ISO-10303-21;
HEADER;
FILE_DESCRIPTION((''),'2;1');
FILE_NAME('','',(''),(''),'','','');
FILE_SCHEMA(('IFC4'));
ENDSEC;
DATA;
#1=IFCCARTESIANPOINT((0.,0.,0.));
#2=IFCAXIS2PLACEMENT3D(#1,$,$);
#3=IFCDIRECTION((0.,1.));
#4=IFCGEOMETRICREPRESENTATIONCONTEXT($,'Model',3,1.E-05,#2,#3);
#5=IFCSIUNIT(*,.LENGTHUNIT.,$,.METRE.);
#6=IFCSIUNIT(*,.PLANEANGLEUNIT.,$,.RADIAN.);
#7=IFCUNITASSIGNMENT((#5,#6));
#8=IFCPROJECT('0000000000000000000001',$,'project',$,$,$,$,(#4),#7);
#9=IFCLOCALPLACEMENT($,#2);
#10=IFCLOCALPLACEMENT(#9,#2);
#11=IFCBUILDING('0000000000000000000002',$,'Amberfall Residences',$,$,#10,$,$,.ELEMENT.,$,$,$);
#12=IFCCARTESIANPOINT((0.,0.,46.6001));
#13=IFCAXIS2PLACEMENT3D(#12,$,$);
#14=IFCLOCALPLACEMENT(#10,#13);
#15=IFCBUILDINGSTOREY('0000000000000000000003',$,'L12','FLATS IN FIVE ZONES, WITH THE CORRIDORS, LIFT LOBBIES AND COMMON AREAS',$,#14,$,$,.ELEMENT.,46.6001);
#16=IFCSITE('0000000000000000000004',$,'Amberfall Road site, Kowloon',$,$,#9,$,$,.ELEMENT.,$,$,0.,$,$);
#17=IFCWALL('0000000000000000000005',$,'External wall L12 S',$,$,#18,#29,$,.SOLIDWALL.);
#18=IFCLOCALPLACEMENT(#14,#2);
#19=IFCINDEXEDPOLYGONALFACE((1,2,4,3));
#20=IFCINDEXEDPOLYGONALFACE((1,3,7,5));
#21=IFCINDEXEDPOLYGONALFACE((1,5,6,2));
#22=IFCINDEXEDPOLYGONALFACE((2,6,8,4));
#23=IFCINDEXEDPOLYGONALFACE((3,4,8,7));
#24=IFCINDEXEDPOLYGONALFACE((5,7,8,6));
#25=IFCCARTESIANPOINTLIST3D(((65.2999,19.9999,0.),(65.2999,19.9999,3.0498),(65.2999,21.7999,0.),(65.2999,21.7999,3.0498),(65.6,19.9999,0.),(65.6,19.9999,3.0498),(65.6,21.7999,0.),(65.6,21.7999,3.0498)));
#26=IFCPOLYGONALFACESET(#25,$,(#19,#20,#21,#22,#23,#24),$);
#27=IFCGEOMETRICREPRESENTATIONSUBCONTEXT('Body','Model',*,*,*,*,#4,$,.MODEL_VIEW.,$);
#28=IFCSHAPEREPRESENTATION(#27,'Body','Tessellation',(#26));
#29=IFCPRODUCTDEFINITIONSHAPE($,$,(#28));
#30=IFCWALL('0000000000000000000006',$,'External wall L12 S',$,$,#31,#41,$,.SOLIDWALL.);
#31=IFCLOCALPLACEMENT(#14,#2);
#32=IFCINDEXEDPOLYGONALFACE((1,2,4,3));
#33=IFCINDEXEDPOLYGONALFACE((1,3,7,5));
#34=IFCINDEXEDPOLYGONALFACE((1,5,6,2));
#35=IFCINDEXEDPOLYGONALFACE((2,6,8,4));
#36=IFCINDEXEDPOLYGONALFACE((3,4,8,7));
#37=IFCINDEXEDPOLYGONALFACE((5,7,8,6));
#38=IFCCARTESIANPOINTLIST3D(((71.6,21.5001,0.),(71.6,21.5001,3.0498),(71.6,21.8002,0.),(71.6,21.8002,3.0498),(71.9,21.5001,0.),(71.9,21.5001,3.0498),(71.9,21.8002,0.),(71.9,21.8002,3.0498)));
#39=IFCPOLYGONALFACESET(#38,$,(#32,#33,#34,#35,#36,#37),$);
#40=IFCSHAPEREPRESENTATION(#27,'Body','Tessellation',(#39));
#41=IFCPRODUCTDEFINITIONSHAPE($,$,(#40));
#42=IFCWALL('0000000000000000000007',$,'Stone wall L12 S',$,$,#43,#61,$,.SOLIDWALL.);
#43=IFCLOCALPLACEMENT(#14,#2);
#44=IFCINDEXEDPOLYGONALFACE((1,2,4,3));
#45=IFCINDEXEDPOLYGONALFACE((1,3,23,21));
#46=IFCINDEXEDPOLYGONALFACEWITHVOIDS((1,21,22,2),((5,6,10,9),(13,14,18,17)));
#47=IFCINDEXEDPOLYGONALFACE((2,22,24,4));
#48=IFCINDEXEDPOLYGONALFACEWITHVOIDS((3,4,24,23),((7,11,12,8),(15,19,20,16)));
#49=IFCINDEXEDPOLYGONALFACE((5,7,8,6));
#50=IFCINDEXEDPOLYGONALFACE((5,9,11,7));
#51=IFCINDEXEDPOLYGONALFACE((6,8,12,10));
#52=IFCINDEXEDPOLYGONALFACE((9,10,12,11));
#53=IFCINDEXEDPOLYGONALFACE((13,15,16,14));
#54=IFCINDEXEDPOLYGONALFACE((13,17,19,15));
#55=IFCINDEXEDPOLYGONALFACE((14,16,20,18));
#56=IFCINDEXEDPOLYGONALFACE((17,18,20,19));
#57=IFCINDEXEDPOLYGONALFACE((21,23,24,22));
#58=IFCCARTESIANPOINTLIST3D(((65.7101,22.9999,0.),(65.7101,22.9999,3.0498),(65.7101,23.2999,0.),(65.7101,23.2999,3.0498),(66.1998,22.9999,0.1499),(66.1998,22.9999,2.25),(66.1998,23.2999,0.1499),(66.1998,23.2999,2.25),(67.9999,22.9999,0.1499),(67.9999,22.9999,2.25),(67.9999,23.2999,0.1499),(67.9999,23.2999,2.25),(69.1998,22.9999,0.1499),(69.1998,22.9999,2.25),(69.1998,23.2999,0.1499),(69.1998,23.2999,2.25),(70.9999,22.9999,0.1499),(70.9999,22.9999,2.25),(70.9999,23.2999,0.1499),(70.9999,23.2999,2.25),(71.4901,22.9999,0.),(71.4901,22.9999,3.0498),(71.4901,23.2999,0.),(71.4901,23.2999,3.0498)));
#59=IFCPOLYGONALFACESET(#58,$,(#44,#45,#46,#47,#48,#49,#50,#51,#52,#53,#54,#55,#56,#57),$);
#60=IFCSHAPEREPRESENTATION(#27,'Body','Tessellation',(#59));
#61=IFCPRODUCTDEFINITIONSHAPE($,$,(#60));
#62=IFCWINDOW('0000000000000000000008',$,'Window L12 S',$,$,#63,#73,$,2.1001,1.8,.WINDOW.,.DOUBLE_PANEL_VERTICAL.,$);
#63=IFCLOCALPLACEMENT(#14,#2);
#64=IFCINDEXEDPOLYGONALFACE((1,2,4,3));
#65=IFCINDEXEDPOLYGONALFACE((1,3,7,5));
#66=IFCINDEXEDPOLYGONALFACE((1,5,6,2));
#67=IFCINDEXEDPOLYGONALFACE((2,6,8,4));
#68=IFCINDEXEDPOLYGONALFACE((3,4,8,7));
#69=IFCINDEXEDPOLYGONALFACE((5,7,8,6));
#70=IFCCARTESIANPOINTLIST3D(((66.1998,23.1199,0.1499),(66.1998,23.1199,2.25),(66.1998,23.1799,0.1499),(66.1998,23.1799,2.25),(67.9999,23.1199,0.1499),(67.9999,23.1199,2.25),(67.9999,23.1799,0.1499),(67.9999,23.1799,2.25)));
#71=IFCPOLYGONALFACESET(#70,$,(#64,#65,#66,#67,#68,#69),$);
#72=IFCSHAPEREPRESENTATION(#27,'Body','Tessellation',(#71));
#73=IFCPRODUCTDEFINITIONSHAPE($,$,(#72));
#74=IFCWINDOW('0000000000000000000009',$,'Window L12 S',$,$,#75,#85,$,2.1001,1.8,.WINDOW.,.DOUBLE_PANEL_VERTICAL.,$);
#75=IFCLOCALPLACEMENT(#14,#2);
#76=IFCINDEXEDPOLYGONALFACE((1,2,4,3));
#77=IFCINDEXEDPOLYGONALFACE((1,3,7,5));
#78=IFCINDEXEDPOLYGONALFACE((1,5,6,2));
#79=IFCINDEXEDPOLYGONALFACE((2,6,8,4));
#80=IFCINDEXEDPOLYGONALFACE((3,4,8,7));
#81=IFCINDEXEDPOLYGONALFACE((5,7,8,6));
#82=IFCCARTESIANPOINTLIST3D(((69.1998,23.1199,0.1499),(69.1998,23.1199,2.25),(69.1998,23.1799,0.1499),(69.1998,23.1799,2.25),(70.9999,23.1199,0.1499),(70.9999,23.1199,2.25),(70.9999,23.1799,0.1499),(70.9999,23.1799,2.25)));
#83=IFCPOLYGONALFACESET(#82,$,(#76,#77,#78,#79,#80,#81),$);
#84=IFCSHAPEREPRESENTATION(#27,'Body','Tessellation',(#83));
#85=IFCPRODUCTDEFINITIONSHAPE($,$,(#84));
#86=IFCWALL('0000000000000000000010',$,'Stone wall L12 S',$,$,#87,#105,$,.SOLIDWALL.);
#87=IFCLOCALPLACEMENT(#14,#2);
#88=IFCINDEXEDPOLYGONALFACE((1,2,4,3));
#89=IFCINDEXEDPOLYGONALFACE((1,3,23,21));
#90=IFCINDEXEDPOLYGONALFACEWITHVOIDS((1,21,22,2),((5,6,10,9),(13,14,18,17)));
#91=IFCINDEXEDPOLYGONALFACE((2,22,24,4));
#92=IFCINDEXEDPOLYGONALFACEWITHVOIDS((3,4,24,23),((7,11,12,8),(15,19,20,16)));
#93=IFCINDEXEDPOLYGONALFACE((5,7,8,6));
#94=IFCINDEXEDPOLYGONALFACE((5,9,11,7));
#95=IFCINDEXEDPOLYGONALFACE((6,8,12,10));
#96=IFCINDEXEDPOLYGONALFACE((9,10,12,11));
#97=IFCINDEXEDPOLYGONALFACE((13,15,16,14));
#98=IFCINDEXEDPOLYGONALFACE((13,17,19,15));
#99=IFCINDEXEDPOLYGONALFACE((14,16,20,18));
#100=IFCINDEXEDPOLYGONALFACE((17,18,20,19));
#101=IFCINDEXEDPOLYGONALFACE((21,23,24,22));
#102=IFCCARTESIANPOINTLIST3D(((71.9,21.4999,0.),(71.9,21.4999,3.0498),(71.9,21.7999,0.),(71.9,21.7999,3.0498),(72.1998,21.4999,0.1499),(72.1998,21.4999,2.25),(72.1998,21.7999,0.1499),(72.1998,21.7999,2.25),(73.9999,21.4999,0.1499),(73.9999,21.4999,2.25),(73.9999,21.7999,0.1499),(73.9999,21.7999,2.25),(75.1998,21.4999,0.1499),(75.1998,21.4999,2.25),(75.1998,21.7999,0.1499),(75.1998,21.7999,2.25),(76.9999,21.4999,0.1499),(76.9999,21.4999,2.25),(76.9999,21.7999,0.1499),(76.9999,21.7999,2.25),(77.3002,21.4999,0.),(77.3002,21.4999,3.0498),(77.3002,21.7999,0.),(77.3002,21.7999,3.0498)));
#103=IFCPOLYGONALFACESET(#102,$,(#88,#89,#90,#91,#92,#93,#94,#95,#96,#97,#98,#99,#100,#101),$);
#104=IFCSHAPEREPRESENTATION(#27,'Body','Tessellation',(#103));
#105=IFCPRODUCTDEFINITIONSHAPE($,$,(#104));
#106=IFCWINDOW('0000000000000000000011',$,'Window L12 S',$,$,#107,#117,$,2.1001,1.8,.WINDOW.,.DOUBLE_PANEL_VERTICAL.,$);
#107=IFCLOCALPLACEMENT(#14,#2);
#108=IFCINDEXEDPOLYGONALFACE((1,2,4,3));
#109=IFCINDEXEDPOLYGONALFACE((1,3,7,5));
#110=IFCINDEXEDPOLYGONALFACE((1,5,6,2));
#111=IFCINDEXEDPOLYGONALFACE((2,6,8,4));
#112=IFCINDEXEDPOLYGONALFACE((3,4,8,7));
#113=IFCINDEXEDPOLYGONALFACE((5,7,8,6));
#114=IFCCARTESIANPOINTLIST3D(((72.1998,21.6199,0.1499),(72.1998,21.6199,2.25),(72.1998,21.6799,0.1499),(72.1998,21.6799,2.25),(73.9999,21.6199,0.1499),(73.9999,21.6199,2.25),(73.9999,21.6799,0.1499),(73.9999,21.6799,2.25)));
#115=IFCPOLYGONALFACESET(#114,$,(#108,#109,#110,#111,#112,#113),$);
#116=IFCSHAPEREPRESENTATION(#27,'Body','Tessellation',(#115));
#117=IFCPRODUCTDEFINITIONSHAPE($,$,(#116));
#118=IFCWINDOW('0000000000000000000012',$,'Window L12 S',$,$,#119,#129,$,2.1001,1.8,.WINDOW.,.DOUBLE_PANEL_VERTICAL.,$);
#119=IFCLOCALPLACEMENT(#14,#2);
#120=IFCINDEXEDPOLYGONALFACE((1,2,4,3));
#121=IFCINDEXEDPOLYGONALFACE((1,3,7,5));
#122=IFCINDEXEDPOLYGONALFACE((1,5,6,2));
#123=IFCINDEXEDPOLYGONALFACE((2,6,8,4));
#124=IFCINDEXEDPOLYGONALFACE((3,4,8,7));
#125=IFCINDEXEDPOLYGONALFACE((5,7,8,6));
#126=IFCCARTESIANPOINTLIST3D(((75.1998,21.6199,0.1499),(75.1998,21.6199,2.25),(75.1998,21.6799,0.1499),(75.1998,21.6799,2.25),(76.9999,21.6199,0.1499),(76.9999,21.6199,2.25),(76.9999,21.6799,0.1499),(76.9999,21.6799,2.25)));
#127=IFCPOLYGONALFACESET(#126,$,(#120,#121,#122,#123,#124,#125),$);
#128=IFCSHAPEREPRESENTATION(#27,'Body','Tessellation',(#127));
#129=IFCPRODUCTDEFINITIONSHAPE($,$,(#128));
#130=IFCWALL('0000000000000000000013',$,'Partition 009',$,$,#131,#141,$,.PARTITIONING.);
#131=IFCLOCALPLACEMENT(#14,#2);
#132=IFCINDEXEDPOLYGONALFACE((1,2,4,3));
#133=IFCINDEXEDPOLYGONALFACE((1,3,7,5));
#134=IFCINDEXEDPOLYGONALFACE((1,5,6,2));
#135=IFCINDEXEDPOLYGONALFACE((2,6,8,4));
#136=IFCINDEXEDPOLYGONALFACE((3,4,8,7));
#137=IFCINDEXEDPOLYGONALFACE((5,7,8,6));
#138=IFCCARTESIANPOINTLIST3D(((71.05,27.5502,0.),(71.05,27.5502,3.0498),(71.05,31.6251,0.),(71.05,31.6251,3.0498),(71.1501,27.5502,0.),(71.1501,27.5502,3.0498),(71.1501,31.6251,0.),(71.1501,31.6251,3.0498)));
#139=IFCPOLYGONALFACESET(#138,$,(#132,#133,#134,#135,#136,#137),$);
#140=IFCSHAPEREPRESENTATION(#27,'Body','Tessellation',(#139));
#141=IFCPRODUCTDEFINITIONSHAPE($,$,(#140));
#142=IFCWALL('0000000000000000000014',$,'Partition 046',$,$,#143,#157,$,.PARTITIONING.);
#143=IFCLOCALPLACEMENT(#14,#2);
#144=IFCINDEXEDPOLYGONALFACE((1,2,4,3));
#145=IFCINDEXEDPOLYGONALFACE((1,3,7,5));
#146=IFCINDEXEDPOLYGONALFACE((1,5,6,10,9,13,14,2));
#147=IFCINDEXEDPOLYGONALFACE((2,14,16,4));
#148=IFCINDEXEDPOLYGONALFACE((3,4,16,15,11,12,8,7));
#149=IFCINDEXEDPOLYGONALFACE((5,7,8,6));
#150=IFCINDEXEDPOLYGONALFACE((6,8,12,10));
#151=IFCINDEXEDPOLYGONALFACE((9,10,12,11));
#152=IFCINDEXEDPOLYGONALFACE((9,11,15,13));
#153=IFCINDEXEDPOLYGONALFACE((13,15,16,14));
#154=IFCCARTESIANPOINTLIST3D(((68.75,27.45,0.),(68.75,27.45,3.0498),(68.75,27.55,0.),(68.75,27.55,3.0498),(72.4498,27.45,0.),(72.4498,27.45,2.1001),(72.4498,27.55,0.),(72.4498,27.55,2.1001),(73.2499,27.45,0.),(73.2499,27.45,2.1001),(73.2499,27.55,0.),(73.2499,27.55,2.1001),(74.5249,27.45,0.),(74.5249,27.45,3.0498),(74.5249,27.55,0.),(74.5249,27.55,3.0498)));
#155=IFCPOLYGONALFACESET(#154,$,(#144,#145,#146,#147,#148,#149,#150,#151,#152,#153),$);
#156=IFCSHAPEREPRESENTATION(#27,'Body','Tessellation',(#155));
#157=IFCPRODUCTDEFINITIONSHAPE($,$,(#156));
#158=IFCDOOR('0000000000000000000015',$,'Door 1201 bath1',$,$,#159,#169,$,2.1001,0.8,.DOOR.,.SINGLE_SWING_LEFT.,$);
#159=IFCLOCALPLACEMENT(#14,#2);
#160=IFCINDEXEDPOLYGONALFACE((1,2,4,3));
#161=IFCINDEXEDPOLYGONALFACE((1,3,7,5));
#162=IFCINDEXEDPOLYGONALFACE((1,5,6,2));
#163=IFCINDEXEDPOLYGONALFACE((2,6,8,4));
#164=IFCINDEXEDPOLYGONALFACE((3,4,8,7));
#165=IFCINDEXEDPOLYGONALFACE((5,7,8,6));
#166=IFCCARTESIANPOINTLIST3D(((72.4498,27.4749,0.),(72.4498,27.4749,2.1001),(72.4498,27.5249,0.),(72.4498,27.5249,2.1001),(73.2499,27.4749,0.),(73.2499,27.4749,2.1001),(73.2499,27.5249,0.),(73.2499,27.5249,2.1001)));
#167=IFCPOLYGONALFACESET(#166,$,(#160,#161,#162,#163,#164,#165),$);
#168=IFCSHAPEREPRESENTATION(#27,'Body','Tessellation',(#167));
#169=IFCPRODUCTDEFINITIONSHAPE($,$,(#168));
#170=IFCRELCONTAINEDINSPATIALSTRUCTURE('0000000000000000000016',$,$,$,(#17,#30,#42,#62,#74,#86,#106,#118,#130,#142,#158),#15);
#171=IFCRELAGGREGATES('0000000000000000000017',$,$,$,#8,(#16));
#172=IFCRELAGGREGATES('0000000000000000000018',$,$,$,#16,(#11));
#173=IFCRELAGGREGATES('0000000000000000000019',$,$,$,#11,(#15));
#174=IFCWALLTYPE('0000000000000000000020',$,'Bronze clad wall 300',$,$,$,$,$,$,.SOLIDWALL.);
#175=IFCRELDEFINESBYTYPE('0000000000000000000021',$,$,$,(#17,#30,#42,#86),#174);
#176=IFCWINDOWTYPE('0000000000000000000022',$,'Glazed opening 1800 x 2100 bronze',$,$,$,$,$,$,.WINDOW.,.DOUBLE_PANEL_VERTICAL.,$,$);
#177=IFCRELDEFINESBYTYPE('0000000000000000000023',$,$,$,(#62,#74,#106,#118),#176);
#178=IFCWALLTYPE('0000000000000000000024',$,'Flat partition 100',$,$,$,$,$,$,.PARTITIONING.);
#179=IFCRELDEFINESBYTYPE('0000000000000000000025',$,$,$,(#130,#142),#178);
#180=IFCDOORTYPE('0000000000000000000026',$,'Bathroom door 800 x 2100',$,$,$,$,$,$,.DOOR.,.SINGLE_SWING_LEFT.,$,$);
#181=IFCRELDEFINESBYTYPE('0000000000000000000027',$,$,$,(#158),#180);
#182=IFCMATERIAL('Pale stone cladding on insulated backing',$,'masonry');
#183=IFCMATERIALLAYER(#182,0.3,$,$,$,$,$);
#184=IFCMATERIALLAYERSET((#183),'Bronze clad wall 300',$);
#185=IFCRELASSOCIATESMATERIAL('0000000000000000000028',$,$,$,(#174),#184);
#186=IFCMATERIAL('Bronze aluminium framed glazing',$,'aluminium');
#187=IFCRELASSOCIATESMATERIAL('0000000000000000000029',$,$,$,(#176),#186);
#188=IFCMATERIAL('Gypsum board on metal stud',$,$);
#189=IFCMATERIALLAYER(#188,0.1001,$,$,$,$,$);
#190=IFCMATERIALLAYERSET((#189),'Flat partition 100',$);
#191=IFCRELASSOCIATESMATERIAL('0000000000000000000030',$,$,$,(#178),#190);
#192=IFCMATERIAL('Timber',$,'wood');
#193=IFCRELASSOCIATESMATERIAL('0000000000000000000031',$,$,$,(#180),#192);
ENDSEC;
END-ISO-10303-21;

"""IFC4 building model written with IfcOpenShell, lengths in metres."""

from ifc_helpers import new_model, si_unit, direction, frame, frame_2d, origin, place, context, subcontext, project, spatial, rectangle, extrude, material, layer, layer_set, type_object, element, fill, save


model = new_model("IFC4")

# Units and contexts
model_context = context("Model", 3, precision=1e-05, world=origin(), true_north=direction((0.0, 1.0)))
body_context = subcontext(model_context, "Body", "Model", "MODEL_VIEW")
ifc_project = project(units=[si_unit("LENGTHUNIT", "METRE"), si_unit("PLANEANGLEUNIT", "RADIAN")], contexts=[model_context])

# Site, building, storey
site_placement = place(None, origin())
site = spatial("IfcSite", under=ifc_project, at=site_placement, Name="Amberfall Road site, Kowloon", CompositionType="ELEMENT", RefElevation=0.0)
building_placement = place(site_placement, origin())
building = spatial("IfcBuilding", under=site, at=building_placement, Name="Amberfall Residences", CompositionType="ELEMENT")
storey_placement = place(building_placement, frame((0.0, 0.0, 46.6001)))
storey = spatial("IfcBuildingStorey", under=building, at=storey_placement, Name="L12", Description="FLATS IN FIVE ZONES, WITH THE CORRIDORS, LIFT LOBBIES AND COMMON AREAS", CompositionType="ELEMENT", Elevation=46.6001)

# Walls
ifc_material_1 = material(Name="Pale stone cladding on insulated backing", Category="masonry")
ifc_layer_1 = layer(ifc_material_1, 0.3)
ifc_layer_set_1 = layer_set([ifc_layer_1], Name="Bronze clad wall 300")
wall_type_1 = type_object("IfcWallType", Name="Bronze clad wall 300", PredefinedType="SOLIDWALL", material=ifc_layer_set_1)
wall_1_placement = place(storey_placement, frame((65.45, 20.0, 0.0), z_axis=(0.0, 0.0, 1.0), x_axis=(0.0, 1.0, 0.0)))
element("IfcWall", 1, at=wall_1_placement, inside=storey, type_object=wall_type_1, Name="External wall L12 S", PredefinedType="SOLIDWALL", context=body_context, shape_type="SweptSolid", body=[
    extrude(rectangle(XDim=1.8, YDim=0.3, at=frame_2d((0.8999, 0.0))), origin(), (0.0, 0.0, 1.0), 3.0498),
])
wall_2_placement = place(storey_placement, frame((71.75, 21.8, 0.0), z_axis=(0.0, 0.0, 1.0), x_axis=(0.0, -1.0, 0.0)))
element("IfcWall", 2, at=wall_2_placement, inside=storey, type_object=wall_type_1, Name="External wall L12 S", PredefinedType="SOLIDWALL", context=body_context, shape_type="SweptSolid", body=[
    extrude(rectangle(XDim=0.3, YDim=0.3, at=frame_2d((0.1499, 0.0))), origin(), (0.0, 0.0, 1.0), 3.0498),
])

# Walls, openings, windows
wall_3_placement = place(storey_placement, frame((65.71, 23.1499, 0.0), z_axis=(0.0, 0.0, 1.0), x_axis=(1.0, 0.0, 0.0)))
wall_3 = element("IfcWall", 3, at=wall_3_placement, inside=storey, type_object=wall_type_1, Name="Stone wall L12 S", PredefinedType="SOLIDWALL", context=body_context, shape_type="SweptSolid", body=[
    extrude(rectangle(XDim=5.78, YDim=0.3, at=frame_2d((2.8901, 0.0))), origin(), (0.0, 0.0, 1.0), 3.0498),
])
opening_1_placement = place(wall_3_placement, frame((0.49, 0.0, 0.1499)))
opening_1 = element("IfcOpeningElement", 4, at=opening_1_placement, cuts=wall_3, PredefinedType="OPENING", context=body_context, shape_type="SweptSolid", body=[
    extrude(rectangle(XDim=1.8, YDim=2.1001, at=frame_2d((0.8999, 1.05))), frame((0.0, 0.1599, 0.0), z_axis=(0.0, -1.0, 0.0), x_axis=(1.0, 0.0, 0.0)), (0.0, 0.0, 1.0), 0.3201),
])
opening_2_placement = place(wall_3_placement, frame((3.49, 0.0, 0.1499)))
opening_2 = element("IfcOpeningElement", 5, at=opening_2_placement, cuts=wall_3, PredefinedType="OPENING", context=body_context, shape_type="SweptSolid", body=[
    extrude(rectangle(XDim=1.8, YDim=2.1001, at=frame_2d((0.8999, 1.05))), frame((0.0, 0.1599, 0.0), z_axis=(0.0, -1.0, 0.0), x_axis=(1.0, 0.0, 0.0)), (0.0, 0.0, 1.0), 0.3201),
])
ifc_material_2 = material(Name="Bronze aluminium framed glazing", Category="aluminium")
window_type = type_object("IfcWindowType", Name="Glazed opening 1800 x 2100 bronze", PartitioningType="DOUBLE_PANEL_VERTICAL", PredefinedType="WINDOW", material=ifc_material_2)
window_1_placement = place(opening_1_placement, origin())
window_1 = element("IfcWindow", 6, at=window_1_placement, inside=storey, type_object=window_type, Name="Window L12 S", OverallHeight=2.1001, OverallWidth=1.8, PartitioningType="DOUBLE_PANEL_VERTICAL", PredefinedType="WINDOW", context=body_context, shape_type="SweptSolid", body=[
    extrude(rectangle(XDim=1.8, YDim=2.1001, at=frame_2d((0.8999, 1.05))), frame((0.0, 0.03, 0.0), z_axis=(0.0, -1.0, 0.0), x_axis=(1.0, 0.0, 0.0)), (0.0, 0.0, 1.0), 0.0601),
])
fill(opening_1, window_1)
window_2_placement = place(opening_2_placement, origin())
window_2 = element("IfcWindow", 7, at=window_2_placement, inside=storey, type_object=window_type, Name="Window L12 S", OverallHeight=2.1001, OverallWidth=1.8, PartitioningType="DOUBLE_PANEL_VERTICAL", PredefinedType="WINDOW", context=body_context, shape_type="SweptSolid", body=[
    extrude(rectangle(XDim=1.8, YDim=2.1001, at=frame_2d((0.8999, 1.05))), frame((0.0, 0.03, 0.0), z_axis=(0.0, -1.0, 0.0), x_axis=(1.0, 0.0, 0.0)), (0.0, 0.0, 1.0), 0.0601),
])
fill(opening_2, window_2)
wall_4_placement = place(storey_placement, frame((71.8999, 21.6499, 0.0), z_axis=(0.0, 0.0, 1.0), x_axis=(1.0, 0.0, 0.0)))
wall_4 = element("IfcWall", 8, at=wall_4_placement, inside=storey, type_object=wall_type_1, Name="Stone wall L12 S", PredefinedType="SOLIDWALL", context=body_context, shape_type="SweptSolid", body=[
    extrude(rectangle(XDim=5.4001, YDim=0.3, at=frame_2d((2.7002, 0.0))), origin(), (0.0, 0.0, 1.0), 3.0498),
])
opening_3_placement = place(wall_4_placement, frame((0.3, 0.0, 0.1499)))
opening_3 = element("IfcOpeningElement", 9, at=opening_3_placement, cuts=wall_4, PredefinedType="OPENING", context=body_context, shape_type="SweptSolid", body=[
    extrude(rectangle(XDim=1.8, YDim=2.1001, at=frame_2d((0.8999, 1.05))), frame((0.0, 0.1599, 0.0), z_axis=(0.0, -1.0, 0.0), x_axis=(1.0, 0.0, 0.0)), (0.0, 0.0, 1.0), 0.3201),
])
opening_4_placement = place(wall_4_placement, frame((3.3, 0.0, 0.1499)))
opening_4 = element("IfcOpeningElement", 10, at=opening_4_placement, cuts=wall_4, PredefinedType="OPENING", context=body_context, shape_type="SweptSolid", body=[
    extrude(rectangle(XDim=1.8, YDim=2.1001, at=frame_2d((0.8999, 1.05))), frame((0.0, 0.1599, 0.0), z_axis=(0.0, -1.0, 0.0), x_axis=(1.0, 0.0, 0.0)), (0.0, 0.0, 1.0), 0.3201),
])
window_3_placement = place(opening_3_placement, origin())
window_3 = element("IfcWindow", 11, at=window_3_placement, inside=storey, type_object=window_type, Name="Window L12 S", OverallHeight=2.1001, OverallWidth=1.8, PartitioningType="DOUBLE_PANEL_VERTICAL", PredefinedType="WINDOW", context=body_context, shape_type="SweptSolid", body=[
    extrude(rectangle(XDim=1.8, YDim=2.1001, at=frame_2d((0.8999, 1.05))), frame((0.0, 0.03, 0.0), z_axis=(0.0, -1.0, 0.0), x_axis=(1.0, 0.0, 0.0)), (0.0, 0.0, 1.0), 0.0601),
])
fill(opening_3, window_3)
window_4_placement = place(opening_4_placement, origin())
window_4 = element("IfcWindow", 12, at=window_4_placement, inside=storey, type_object=window_type, Name="Window L12 S", OverallHeight=2.1001, OverallWidth=1.8, PartitioningType="DOUBLE_PANEL_VERTICAL", PredefinedType="WINDOW", context=body_context, shape_type="SweptSolid", body=[
    extrude(rectangle(XDim=1.8, YDim=2.1001, at=frame_2d((0.8999, 1.05))), frame((0.0, 0.03, 0.0), z_axis=(0.0, -1.0, 0.0), x_axis=(1.0, 0.0, 0.0)), (0.0, 0.0, 1.0), 0.0601),
])
fill(opening_4, window_4)

# Wall
ifc_material_3 = material(Name="Gypsum board on metal stud")
ifc_layer_2 = layer(ifc_material_3, 0.1001)
ifc_layer_set_2 = layer_set([ifc_layer_2], Name="Flat partition 100")
wall_type_2 = type_object("IfcWallType", Name="Flat partition 100", PredefinedType="PARTITIONING", material=ifc_layer_set_2)
wall_5_placement = place(storey_placement, frame((71.1001, 27.55, 0.0), z_axis=(0.0, 0.0, 1.0), x_axis=(0.0, 1.0, 0.0)))
element("IfcWall", 13, at=wall_5_placement, inside=storey, type_object=wall_type_2, Name="Partition 009", PredefinedType="PARTITIONING", context=body_context, shape_type="SweptSolid", body=[
    extrude(rectangle(XDim=4.075, YDim=0.1001, at=frame_2d((2.0376, 0.0))), origin(), (0.0, 0.0, 1.0), 3.0498),
])

# Wall, opening, door
wall_6_placement = place(storey_placement, frame((68.75, 27.5, 0.0), z_axis=(0.0, 0.0, 1.0), x_axis=(1.0, 0.0, 0.0)))
wall_6 = element("IfcWall", 14, at=wall_6_placement, inside=storey, type_object=wall_type_2, Name="Partition 046", PredefinedType="PARTITIONING", context=body_context, shape_type="SweptSolid", body=[
    extrude(rectangle(XDim=5.7749, YDim=0.1001, at=frame_2d((2.8875, 0.0))), origin(), (0.0, 0.0, 1.0), 3.0498),
])
opening_5_placement = place(wall_6_placement, frame((3.7, 0.0, 0.0)))
opening_5 = element("IfcOpeningElement", 15, at=opening_5_placement, cuts=wall_6, PredefinedType="OPENING", context=body_context, shape_type="SweptSolid", body=[
    extrude(rectangle(XDim=0.8, YDim=2.1001, at=frame_2d((0.3999, 1.05))), frame((0.0, 0.0601, 0.0), z_axis=(0.0, -1.0, 0.0), x_axis=(1.0, 0.0, 0.0)), (0.0, 0.0, 1.0), 0.1201),
])
ifc_material_4 = material(Name="Timber", Category="wood")
door_type_1 = type_object("IfcDoorType", Name="Bathroom door 800 x 2100", OperationType="SINGLE_SWING_LEFT", PredefinedType="DOOR", material=ifc_material_4)
door_1_placement = place(opening_5_placement, origin())
door_1 = element("IfcDoor", 16, at=door_1_placement, inside=storey, type_object=door_type_1, Name="Door 1201 bath1", OperationType="SINGLE_SWING_LEFT", OverallHeight=2.1001, OverallWidth=0.8, PredefinedType="DOOR", context=body_context, shape_type="SweptSolid", body=[
    extrude(rectangle(XDim=0.8, YDim=2.1001, at=frame_2d((0.3999, 1.05))), frame((0.0, 0.0249, 0.0), z_axis=(0.0, -1.0, 0.0), x_axis=(1.0, 0.0, 0.0)), (0.0, 0.0, 1.0), 0.05),
])
fill(opening_5, door_1)

save(model, "model.ifc")
